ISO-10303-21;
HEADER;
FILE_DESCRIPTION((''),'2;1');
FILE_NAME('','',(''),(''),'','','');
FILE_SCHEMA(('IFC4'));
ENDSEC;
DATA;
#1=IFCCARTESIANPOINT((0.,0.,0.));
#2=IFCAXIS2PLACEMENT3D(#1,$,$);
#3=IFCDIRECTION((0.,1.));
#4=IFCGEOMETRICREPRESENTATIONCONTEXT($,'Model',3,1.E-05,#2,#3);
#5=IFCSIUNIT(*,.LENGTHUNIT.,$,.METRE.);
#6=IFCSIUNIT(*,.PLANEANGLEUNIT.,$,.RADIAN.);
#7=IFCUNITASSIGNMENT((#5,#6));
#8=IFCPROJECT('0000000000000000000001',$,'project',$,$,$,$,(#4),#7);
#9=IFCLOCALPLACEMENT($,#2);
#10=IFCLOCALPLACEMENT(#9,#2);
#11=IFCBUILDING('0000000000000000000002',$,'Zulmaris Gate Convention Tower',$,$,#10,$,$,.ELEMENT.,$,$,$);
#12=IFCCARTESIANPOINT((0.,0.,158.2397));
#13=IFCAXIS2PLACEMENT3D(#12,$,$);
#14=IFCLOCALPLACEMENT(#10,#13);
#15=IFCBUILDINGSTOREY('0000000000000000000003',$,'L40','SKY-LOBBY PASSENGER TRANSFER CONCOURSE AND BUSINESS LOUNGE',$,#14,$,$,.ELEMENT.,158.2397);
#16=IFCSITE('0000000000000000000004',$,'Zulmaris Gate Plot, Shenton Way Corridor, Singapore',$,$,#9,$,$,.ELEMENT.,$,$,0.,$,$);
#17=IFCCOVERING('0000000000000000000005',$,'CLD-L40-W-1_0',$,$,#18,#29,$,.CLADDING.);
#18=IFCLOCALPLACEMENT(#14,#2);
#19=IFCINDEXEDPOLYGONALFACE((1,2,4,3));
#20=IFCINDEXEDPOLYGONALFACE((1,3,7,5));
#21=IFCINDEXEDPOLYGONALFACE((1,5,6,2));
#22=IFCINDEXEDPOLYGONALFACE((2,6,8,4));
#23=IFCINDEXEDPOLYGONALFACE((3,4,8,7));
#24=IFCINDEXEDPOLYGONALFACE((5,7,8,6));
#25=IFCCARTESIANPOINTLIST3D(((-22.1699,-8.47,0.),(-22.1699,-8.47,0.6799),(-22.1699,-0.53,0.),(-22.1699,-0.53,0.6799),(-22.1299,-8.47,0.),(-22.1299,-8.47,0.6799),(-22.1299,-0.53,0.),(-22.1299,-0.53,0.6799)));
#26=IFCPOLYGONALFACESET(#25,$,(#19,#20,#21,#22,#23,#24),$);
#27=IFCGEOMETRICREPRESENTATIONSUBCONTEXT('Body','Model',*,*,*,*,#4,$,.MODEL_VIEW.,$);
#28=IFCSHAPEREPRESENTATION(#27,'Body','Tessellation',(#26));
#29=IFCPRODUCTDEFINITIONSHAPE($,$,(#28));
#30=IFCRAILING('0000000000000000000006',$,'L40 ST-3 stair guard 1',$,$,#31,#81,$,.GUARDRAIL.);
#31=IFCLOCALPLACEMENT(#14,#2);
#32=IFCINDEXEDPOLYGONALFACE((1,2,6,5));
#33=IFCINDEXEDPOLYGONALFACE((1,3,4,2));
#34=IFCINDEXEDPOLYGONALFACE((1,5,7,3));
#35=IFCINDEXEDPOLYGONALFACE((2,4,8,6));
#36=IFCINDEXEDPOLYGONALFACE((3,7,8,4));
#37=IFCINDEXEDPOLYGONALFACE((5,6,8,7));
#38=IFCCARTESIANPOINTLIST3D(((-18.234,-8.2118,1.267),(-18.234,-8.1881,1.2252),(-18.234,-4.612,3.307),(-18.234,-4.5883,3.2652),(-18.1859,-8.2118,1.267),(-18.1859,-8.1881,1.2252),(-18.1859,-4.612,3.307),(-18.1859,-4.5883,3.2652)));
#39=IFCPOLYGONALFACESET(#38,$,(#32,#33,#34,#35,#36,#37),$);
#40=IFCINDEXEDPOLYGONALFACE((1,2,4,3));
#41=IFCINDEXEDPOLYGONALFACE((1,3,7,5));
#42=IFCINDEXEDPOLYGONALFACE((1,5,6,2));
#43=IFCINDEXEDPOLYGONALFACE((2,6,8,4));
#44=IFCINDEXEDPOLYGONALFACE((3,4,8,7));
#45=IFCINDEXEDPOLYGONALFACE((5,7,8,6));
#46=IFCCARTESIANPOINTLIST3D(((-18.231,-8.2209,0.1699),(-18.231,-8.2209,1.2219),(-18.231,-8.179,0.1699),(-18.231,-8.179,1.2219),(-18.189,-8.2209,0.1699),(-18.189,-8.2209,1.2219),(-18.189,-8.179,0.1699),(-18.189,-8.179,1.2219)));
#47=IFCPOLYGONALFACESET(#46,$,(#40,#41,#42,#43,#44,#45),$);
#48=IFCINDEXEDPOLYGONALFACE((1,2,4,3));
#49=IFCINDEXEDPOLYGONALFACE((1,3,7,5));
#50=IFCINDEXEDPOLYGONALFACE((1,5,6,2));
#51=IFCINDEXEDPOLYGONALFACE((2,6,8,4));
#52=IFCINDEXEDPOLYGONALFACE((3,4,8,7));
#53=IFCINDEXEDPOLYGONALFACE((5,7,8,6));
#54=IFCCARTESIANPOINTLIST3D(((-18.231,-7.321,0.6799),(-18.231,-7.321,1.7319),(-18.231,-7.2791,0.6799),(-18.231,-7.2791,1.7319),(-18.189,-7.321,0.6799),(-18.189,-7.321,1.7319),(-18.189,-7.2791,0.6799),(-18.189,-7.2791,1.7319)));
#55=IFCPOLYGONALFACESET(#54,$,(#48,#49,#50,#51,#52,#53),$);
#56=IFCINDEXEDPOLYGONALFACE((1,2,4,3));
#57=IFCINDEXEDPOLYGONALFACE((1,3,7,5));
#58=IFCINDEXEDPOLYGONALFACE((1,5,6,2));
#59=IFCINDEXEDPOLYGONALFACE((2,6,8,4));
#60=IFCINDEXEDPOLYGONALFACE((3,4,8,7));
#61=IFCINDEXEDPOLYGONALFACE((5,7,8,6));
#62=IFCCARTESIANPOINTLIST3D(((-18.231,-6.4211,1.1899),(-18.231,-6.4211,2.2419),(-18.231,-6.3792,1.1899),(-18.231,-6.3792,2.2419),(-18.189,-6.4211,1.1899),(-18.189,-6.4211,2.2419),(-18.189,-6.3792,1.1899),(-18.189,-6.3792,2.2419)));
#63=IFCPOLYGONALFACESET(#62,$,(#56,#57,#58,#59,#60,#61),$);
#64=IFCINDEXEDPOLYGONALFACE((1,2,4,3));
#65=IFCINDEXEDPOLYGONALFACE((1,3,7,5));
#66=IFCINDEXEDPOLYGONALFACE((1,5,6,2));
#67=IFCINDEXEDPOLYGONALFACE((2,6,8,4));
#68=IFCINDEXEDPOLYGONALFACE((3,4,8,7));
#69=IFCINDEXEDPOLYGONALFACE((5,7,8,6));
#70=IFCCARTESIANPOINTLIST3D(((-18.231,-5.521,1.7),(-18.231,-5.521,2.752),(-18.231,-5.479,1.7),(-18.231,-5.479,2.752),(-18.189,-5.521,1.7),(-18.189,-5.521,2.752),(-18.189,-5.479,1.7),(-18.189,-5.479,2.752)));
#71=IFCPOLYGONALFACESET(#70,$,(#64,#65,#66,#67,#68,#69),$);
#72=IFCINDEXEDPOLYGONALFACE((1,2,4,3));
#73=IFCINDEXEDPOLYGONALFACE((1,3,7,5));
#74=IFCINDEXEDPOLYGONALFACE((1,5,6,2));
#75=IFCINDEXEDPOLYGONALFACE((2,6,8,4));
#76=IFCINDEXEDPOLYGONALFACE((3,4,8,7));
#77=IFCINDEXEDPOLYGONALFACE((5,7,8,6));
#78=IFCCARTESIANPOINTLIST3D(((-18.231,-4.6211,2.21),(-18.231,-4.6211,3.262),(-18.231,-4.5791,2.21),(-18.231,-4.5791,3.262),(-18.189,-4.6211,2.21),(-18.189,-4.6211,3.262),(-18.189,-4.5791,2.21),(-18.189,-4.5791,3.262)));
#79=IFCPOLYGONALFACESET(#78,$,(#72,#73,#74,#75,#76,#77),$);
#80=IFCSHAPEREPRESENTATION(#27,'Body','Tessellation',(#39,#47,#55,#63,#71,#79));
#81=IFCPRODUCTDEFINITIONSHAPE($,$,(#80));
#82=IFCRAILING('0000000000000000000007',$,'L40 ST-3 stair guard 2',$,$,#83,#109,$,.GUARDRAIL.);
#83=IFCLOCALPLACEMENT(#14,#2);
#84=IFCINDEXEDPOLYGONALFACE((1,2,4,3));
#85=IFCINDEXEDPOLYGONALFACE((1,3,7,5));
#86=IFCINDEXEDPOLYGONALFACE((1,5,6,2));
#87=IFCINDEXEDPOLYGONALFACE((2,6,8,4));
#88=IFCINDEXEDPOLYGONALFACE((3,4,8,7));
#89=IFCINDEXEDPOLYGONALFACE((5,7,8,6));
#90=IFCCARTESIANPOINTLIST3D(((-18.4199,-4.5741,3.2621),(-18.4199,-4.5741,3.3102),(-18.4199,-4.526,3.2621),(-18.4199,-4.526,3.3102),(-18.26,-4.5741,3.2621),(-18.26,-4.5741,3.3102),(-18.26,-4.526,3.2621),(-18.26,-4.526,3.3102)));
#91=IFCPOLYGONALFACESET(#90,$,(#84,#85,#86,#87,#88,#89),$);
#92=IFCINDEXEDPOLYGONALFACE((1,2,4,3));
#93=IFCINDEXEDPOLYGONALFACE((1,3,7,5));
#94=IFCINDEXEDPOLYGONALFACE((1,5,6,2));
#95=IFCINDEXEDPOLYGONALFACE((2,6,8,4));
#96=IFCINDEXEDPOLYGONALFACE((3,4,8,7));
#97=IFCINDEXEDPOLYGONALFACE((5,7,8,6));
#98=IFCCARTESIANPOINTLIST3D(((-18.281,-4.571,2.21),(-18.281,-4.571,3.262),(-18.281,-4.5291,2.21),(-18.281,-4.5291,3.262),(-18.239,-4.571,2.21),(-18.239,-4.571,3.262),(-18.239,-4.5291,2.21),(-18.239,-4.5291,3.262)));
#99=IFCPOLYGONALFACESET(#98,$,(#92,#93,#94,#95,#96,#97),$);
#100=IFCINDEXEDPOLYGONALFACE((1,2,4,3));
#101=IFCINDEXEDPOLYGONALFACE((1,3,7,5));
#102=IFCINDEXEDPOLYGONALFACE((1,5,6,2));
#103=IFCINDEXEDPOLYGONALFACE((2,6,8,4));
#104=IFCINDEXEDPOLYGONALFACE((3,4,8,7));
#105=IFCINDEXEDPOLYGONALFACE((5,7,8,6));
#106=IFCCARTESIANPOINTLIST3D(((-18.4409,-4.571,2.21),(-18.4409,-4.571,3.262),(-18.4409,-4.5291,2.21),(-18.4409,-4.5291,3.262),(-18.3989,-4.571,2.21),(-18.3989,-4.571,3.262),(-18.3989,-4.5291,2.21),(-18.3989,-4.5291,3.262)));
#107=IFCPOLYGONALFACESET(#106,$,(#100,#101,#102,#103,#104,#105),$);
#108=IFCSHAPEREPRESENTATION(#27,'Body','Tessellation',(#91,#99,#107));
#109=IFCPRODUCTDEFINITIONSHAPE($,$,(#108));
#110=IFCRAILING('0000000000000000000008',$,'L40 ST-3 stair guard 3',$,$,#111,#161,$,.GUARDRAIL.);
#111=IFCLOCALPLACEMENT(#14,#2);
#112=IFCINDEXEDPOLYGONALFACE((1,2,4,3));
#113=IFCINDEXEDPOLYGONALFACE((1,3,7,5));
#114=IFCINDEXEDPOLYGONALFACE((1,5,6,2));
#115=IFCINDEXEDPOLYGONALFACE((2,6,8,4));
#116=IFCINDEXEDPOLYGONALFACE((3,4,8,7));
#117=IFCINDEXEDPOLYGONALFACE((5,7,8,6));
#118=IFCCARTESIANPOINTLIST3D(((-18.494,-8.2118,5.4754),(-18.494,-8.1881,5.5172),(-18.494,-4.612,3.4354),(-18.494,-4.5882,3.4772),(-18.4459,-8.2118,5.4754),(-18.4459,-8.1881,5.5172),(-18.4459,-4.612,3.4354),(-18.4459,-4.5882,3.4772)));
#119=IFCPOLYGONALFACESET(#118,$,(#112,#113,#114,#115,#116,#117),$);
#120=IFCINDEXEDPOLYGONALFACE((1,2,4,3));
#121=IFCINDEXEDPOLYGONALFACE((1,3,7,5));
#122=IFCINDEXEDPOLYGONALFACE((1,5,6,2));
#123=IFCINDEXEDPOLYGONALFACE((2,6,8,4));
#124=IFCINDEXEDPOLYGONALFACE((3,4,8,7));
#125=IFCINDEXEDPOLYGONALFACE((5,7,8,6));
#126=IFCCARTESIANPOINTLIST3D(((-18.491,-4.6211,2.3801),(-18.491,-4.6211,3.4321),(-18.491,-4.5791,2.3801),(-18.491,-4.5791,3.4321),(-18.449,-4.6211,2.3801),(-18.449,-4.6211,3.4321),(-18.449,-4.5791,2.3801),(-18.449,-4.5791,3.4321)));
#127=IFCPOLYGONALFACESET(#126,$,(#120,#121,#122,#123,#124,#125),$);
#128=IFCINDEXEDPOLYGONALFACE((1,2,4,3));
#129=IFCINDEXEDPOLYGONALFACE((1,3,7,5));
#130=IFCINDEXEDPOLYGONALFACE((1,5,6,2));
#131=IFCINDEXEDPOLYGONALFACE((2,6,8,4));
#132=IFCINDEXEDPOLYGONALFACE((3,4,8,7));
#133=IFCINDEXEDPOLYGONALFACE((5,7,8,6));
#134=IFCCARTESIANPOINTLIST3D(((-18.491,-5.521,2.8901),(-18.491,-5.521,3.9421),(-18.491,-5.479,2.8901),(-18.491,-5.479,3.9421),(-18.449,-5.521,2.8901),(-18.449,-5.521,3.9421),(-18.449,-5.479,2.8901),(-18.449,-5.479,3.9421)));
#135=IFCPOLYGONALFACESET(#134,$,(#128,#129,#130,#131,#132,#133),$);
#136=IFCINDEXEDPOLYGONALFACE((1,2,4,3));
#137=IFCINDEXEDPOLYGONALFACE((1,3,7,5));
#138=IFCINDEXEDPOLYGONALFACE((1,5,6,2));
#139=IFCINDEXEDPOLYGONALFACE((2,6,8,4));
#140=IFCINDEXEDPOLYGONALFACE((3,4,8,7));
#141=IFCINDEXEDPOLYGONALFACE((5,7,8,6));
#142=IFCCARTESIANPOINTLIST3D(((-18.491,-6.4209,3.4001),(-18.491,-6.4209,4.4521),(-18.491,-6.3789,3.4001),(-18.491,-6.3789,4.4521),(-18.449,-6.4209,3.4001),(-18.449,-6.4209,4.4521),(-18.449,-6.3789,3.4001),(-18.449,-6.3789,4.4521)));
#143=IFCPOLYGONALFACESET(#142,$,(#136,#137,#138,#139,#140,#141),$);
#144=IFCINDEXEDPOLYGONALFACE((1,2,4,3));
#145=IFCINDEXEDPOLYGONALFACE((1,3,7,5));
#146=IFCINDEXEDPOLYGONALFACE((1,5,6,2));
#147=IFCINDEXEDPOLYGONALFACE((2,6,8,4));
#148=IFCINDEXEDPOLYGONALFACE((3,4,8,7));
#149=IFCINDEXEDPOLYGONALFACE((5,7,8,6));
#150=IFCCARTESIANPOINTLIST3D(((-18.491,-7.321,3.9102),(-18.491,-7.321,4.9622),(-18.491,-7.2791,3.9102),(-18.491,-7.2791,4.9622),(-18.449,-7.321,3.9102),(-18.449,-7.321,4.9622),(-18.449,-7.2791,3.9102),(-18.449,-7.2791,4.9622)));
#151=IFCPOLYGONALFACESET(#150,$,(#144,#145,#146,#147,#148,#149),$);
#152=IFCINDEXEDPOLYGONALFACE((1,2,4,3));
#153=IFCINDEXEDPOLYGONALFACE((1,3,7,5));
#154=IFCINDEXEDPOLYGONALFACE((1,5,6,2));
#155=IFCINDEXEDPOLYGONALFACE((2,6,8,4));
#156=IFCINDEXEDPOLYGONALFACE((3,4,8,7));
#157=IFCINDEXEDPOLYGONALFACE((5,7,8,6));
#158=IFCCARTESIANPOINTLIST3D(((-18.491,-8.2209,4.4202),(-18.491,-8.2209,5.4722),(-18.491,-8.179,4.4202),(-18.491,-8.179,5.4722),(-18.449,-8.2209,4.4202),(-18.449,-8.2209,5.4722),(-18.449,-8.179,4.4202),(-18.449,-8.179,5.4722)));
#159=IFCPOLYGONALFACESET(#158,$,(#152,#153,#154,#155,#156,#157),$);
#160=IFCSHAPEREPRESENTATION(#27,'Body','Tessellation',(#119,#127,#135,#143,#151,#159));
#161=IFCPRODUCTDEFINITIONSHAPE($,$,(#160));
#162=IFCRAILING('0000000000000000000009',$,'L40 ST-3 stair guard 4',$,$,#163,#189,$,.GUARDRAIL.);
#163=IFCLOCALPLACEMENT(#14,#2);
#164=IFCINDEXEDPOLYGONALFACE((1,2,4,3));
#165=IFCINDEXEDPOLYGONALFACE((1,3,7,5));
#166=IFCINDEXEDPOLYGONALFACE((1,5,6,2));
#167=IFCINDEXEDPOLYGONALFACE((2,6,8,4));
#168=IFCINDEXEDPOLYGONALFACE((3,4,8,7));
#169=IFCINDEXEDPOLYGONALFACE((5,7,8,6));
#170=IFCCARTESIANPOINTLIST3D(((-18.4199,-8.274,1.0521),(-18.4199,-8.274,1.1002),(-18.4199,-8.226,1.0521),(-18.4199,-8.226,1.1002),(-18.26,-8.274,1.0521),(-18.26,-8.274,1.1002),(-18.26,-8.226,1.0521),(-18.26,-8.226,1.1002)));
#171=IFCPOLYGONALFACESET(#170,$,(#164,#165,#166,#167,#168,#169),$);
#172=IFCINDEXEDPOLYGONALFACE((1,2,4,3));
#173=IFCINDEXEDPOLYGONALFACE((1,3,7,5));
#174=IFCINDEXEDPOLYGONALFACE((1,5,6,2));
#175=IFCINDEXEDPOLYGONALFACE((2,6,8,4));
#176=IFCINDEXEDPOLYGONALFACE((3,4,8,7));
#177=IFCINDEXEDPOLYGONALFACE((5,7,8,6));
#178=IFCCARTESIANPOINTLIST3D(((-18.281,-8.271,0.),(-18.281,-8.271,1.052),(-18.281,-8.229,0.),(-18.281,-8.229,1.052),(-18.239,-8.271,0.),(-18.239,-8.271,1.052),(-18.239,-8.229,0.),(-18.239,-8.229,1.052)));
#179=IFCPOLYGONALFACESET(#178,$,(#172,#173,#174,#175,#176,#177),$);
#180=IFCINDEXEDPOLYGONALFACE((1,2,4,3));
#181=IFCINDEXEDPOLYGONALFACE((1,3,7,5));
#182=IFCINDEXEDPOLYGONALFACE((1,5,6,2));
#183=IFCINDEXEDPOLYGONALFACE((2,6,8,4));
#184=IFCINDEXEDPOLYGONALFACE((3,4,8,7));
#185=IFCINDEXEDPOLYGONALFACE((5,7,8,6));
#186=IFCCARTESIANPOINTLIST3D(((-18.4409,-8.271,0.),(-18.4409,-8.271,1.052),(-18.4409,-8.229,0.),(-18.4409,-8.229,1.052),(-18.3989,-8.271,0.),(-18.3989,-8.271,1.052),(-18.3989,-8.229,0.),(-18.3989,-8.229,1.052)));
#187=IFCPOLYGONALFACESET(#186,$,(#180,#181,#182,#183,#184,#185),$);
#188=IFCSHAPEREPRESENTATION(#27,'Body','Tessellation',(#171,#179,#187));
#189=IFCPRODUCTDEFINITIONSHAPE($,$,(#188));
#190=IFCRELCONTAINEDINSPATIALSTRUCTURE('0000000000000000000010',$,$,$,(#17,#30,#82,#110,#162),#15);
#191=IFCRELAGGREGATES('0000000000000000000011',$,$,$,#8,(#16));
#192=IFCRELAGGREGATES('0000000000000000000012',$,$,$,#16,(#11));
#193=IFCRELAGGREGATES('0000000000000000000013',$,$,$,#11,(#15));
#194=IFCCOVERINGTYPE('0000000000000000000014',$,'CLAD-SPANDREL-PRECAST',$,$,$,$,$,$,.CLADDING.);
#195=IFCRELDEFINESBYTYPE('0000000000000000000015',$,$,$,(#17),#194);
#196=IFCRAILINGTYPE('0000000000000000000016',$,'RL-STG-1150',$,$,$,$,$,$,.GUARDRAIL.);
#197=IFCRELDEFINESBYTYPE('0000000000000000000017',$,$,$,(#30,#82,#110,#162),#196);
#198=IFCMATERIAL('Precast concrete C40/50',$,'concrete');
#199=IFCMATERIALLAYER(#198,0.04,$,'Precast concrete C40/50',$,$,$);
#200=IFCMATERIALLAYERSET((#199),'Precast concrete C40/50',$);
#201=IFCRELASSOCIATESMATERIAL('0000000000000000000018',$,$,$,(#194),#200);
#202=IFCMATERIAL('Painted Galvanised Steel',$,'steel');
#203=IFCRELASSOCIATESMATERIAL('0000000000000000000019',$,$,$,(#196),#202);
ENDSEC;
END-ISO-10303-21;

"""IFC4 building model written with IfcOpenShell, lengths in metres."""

from ifc_helpers import new_model, si_unit, direction, frame, frame_2d, origin, origin_2d, place, context, subcontext, project, spatial, rectangle, extrude, material, layer, layer_set, type_object, element, save


model = new_model("IFC4")

# Units and contexts
model_context = context("Model", 3, precision=1e-05, world=origin(), true_north=direction((0.0, 1.0)))
body_context = subcontext(model_context, "Body", "Model", "MODEL_VIEW")
ifc_project = project(units=[si_unit("LENGTHUNIT", "METRE"), si_unit("PLANEANGLEUNIT", "RADIAN")], contexts=[model_context])

# Site, building, storey
site_placement = place(None, origin())
site = spatial("IfcSite", under=ifc_project, at=site_placement, Name="Zulmaris Gate Plot, Shenton Way Corridor, Singapore", CompositionType="ELEMENT", RefElevation=0.0)
building_placement = place(site_placement, origin())
building = spatial("IfcBuilding", under=site, at=building_placement, Name="Zulmaris Gate Convention Tower", CompositionType="ELEMENT")
storey_placement = place(building_placement, frame((0.0, 0.0, 158.2397)))
storey = spatial("IfcBuildingStorey", under=building, at=storey_placement, Name="L40", Description="SKY-LOBBY PASSENGER TRANSFER CONCOURSE AND BUSINESS LOUNGE", CompositionType="ELEMENT", Elevation=158.2397)

# Shared definitions
ifc_material_1 = material(Name="Precast concrete C40/50", Category="concrete")

# Covering
ifc_layer_1 = layer(ifc_material_1, 0.04, Name="Precast concrete C40/50")
ifc_layer_set_1 = layer_set([ifc_layer_1], Name="Precast concrete C40/50")
covering_type = type_object("IfcCoveringType", Name="CLAD-SPANDREL-PRECAST", PredefinedType="CLADDING", material=ifc_layer_set_1)
covering_placement = place(storey_placement, frame((-22.1499, -0.53, 0.0), z_axis=(0.0, 0.0, 1.0), x_axis=(0.0, -1.0, 0.0)))
element("IfcCovering", 1, at=covering_placement, inside=storey, type_object=covering_type, Name="CLD-L40-W-1_0", PredefinedType="CLADDING", context=body_context, shape_type="SweptSolid", body=[
    extrude(rectangle(XDim=7.9399, YDim=0.04, at=frame_2d((3.97, 0.0))), origin(), (0.0, 0.0, 1.0), 0.6799),
])

# Railings
ifc_material_2 = material(Name="Painted Galvanised Steel", Category="steel")
railing_type_1 = type_object("IfcRailingType", Name="RL-STG-1150", PredefinedType="GUARDRAIL", material=ifc_material_2)
railing_1_placement = place(storey_placement, frame((-18.21, -8.2, 0.1699)))
element("IfcRailing", 2, at=railing_1_placement, inside=storey, type_object=railing_type_1, Name="L40 ST-3 stair guard 1", PredefinedType="GUARDRAIL", context=body_context, shape_type="SweptSolid", body=[
    extrude(rectangle(XDim=0.0481, YDim=0.0481, at=origin_2d()), frame((0.0, 0.0, 1.0762), z_axis=(0.0, 0.87001, 0.493035), x_axis=(-1.0, 0.0, 0.0)), (0.0, 0.0, 1.0), 4.1377),
    extrude(rectangle(XDim=0.042, YDim=0.042, at=origin_2d()), origin(), (0.0, 0.0, 1.0), 1.052),
    extrude(rectangle(XDim=0.042, YDim=0.042, at=origin_2d()), frame((0.0, 0.8999, 0.51)), (0.0, 0.0, 1.0), 1.052),
    extrude(rectangle(XDim=0.042, YDim=0.042, at=origin_2d()), frame((0.0, 1.7998, 1.02)), (0.0, 0.0, 1.0), 1.052),
    extrude(rectangle(XDim=0.042, YDim=0.042, at=origin_2d()), frame((0.0, 2.7, 1.53)), (0.0, 0.0, 1.0), 1.052),
    extrude(rectangle(XDim=0.042, YDim=0.042, at=origin_2d()), frame((0.0, 3.5999, 2.04)), (0.0, 0.0, 1.0), 1.052),
])
railing_2_placement = place(storey_placement, frame((-18.26, -4.55, 2.21)))
element("IfcRailing", 3, at=railing_2_placement, inside=storey, type_object=railing_type_1, Name="L40 ST-3 stair guard 2", PredefinedType="GUARDRAIL", context=body_context, shape_type="SweptSolid", body=[
    extrude(rectangle(XDim=0.0481, YDim=0.0481, at=origin_2d()), frame((0.0, 0.0, 1.0762), z_axis=(-1.0, 0.0, 0.0), x_axis=(0.0, -1.0, 0.0)), (0.0, 0.0, 1.0), 0.1599),
    extrude(rectangle(XDim=0.042, YDim=0.042, at=origin_2d()), origin(), (0.0, 0.0, 1.0), 1.052),
    extrude(rectangle(XDim=0.042, YDim=0.042, at=origin_2d()), frame((-0.1599, 0.0, 0.0)), (0.0, 0.0, 1.0), 1.052),
])
railing_3_placement = place(storey_placement, frame((-18.47, -4.6001, 2.3801)))
element("IfcRailing", 4, at=railing_3_placement, inside=storey, type_object=railing_type_1, Name="L40 ST-3 stair guard 3", PredefinedType="GUARDRAIL", context=body_context, shape_type="SweptSolid", body=[
    extrude(rectangle(XDim=0.0481, YDim=0.0481, at=origin_2d()), frame((0.0, 0.0, 1.0762), z_axis=(0.0, -0.87001, 0.493035), x_axis=(1.0, 0.0, 0.0)), (0.0, 0.0, 1.0), 4.1377),
    extrude(rectangle(XDim=0.042, YDim=0.042, at=origin_2d()), origin(), (0.0, 0.0, 1.0), 1.052),
    extrude(rectangle(XDim=0.042, YDim=0.042, at=origin_2d()), frame((0.0, -0.8999, 0.51)), (0.0, 0.0, 1.0), 1.052),
    extrude(rectangle(XDim=0.042, YDim=0.042, at=origin_2d()), frame((0.0, -1.7998, 1.02)), (0.0, 0.0, 1.0), 1.052),
    extrude(rectangle(XDim=0.042, YDim=0.042, at=origin_2d()), frame((0.0, -2.7, 1.53)), (0.0, 0.0, 1.0), 1.052),
    extrude(rectangle(XDim=0.042, YDim=0.042, at=origin_2d()), frame((0.0, -3.5999, 2.04)), (0.0, 0.0, 1.0), 1.052),
])
railing_4_placement = place(storey_placement, frame((-18.26, -8.25, 0.0)))
element("IfcRailing", 5, at=railing_4_placement, inside=storey, type_object=railing_type_1, Name="L40 ST-3 stair guard 4", PredefinedType="GUARDRAIL", context=body_context, shape_type="SweptSolid", body=[
    extrude(rectangle(XDim=0.0481, YDim=0.0481, at=origin_2d()), frame((0.0, 0.0, 1.0762), z_axis=(-1.0, 0.0, 0.0), x_axis=(0.0, -1.0, 0.0)), (0.0, 0.0, 1.0), 0.1599),
    extrude(rectangle(XDim=0.042, YDim=0.042, at=origin_2d()), origin(), (0.0, 0.0, 1.0), 1.052),
    extrude(rectangle(XDim=0.042, YDim=0.042, at=origin_2d()), frame((-0.1599, 0.0, 0.0)), (0.0, 0.0, 1.0), 1.052),
])

save(model, "model.ifc")
